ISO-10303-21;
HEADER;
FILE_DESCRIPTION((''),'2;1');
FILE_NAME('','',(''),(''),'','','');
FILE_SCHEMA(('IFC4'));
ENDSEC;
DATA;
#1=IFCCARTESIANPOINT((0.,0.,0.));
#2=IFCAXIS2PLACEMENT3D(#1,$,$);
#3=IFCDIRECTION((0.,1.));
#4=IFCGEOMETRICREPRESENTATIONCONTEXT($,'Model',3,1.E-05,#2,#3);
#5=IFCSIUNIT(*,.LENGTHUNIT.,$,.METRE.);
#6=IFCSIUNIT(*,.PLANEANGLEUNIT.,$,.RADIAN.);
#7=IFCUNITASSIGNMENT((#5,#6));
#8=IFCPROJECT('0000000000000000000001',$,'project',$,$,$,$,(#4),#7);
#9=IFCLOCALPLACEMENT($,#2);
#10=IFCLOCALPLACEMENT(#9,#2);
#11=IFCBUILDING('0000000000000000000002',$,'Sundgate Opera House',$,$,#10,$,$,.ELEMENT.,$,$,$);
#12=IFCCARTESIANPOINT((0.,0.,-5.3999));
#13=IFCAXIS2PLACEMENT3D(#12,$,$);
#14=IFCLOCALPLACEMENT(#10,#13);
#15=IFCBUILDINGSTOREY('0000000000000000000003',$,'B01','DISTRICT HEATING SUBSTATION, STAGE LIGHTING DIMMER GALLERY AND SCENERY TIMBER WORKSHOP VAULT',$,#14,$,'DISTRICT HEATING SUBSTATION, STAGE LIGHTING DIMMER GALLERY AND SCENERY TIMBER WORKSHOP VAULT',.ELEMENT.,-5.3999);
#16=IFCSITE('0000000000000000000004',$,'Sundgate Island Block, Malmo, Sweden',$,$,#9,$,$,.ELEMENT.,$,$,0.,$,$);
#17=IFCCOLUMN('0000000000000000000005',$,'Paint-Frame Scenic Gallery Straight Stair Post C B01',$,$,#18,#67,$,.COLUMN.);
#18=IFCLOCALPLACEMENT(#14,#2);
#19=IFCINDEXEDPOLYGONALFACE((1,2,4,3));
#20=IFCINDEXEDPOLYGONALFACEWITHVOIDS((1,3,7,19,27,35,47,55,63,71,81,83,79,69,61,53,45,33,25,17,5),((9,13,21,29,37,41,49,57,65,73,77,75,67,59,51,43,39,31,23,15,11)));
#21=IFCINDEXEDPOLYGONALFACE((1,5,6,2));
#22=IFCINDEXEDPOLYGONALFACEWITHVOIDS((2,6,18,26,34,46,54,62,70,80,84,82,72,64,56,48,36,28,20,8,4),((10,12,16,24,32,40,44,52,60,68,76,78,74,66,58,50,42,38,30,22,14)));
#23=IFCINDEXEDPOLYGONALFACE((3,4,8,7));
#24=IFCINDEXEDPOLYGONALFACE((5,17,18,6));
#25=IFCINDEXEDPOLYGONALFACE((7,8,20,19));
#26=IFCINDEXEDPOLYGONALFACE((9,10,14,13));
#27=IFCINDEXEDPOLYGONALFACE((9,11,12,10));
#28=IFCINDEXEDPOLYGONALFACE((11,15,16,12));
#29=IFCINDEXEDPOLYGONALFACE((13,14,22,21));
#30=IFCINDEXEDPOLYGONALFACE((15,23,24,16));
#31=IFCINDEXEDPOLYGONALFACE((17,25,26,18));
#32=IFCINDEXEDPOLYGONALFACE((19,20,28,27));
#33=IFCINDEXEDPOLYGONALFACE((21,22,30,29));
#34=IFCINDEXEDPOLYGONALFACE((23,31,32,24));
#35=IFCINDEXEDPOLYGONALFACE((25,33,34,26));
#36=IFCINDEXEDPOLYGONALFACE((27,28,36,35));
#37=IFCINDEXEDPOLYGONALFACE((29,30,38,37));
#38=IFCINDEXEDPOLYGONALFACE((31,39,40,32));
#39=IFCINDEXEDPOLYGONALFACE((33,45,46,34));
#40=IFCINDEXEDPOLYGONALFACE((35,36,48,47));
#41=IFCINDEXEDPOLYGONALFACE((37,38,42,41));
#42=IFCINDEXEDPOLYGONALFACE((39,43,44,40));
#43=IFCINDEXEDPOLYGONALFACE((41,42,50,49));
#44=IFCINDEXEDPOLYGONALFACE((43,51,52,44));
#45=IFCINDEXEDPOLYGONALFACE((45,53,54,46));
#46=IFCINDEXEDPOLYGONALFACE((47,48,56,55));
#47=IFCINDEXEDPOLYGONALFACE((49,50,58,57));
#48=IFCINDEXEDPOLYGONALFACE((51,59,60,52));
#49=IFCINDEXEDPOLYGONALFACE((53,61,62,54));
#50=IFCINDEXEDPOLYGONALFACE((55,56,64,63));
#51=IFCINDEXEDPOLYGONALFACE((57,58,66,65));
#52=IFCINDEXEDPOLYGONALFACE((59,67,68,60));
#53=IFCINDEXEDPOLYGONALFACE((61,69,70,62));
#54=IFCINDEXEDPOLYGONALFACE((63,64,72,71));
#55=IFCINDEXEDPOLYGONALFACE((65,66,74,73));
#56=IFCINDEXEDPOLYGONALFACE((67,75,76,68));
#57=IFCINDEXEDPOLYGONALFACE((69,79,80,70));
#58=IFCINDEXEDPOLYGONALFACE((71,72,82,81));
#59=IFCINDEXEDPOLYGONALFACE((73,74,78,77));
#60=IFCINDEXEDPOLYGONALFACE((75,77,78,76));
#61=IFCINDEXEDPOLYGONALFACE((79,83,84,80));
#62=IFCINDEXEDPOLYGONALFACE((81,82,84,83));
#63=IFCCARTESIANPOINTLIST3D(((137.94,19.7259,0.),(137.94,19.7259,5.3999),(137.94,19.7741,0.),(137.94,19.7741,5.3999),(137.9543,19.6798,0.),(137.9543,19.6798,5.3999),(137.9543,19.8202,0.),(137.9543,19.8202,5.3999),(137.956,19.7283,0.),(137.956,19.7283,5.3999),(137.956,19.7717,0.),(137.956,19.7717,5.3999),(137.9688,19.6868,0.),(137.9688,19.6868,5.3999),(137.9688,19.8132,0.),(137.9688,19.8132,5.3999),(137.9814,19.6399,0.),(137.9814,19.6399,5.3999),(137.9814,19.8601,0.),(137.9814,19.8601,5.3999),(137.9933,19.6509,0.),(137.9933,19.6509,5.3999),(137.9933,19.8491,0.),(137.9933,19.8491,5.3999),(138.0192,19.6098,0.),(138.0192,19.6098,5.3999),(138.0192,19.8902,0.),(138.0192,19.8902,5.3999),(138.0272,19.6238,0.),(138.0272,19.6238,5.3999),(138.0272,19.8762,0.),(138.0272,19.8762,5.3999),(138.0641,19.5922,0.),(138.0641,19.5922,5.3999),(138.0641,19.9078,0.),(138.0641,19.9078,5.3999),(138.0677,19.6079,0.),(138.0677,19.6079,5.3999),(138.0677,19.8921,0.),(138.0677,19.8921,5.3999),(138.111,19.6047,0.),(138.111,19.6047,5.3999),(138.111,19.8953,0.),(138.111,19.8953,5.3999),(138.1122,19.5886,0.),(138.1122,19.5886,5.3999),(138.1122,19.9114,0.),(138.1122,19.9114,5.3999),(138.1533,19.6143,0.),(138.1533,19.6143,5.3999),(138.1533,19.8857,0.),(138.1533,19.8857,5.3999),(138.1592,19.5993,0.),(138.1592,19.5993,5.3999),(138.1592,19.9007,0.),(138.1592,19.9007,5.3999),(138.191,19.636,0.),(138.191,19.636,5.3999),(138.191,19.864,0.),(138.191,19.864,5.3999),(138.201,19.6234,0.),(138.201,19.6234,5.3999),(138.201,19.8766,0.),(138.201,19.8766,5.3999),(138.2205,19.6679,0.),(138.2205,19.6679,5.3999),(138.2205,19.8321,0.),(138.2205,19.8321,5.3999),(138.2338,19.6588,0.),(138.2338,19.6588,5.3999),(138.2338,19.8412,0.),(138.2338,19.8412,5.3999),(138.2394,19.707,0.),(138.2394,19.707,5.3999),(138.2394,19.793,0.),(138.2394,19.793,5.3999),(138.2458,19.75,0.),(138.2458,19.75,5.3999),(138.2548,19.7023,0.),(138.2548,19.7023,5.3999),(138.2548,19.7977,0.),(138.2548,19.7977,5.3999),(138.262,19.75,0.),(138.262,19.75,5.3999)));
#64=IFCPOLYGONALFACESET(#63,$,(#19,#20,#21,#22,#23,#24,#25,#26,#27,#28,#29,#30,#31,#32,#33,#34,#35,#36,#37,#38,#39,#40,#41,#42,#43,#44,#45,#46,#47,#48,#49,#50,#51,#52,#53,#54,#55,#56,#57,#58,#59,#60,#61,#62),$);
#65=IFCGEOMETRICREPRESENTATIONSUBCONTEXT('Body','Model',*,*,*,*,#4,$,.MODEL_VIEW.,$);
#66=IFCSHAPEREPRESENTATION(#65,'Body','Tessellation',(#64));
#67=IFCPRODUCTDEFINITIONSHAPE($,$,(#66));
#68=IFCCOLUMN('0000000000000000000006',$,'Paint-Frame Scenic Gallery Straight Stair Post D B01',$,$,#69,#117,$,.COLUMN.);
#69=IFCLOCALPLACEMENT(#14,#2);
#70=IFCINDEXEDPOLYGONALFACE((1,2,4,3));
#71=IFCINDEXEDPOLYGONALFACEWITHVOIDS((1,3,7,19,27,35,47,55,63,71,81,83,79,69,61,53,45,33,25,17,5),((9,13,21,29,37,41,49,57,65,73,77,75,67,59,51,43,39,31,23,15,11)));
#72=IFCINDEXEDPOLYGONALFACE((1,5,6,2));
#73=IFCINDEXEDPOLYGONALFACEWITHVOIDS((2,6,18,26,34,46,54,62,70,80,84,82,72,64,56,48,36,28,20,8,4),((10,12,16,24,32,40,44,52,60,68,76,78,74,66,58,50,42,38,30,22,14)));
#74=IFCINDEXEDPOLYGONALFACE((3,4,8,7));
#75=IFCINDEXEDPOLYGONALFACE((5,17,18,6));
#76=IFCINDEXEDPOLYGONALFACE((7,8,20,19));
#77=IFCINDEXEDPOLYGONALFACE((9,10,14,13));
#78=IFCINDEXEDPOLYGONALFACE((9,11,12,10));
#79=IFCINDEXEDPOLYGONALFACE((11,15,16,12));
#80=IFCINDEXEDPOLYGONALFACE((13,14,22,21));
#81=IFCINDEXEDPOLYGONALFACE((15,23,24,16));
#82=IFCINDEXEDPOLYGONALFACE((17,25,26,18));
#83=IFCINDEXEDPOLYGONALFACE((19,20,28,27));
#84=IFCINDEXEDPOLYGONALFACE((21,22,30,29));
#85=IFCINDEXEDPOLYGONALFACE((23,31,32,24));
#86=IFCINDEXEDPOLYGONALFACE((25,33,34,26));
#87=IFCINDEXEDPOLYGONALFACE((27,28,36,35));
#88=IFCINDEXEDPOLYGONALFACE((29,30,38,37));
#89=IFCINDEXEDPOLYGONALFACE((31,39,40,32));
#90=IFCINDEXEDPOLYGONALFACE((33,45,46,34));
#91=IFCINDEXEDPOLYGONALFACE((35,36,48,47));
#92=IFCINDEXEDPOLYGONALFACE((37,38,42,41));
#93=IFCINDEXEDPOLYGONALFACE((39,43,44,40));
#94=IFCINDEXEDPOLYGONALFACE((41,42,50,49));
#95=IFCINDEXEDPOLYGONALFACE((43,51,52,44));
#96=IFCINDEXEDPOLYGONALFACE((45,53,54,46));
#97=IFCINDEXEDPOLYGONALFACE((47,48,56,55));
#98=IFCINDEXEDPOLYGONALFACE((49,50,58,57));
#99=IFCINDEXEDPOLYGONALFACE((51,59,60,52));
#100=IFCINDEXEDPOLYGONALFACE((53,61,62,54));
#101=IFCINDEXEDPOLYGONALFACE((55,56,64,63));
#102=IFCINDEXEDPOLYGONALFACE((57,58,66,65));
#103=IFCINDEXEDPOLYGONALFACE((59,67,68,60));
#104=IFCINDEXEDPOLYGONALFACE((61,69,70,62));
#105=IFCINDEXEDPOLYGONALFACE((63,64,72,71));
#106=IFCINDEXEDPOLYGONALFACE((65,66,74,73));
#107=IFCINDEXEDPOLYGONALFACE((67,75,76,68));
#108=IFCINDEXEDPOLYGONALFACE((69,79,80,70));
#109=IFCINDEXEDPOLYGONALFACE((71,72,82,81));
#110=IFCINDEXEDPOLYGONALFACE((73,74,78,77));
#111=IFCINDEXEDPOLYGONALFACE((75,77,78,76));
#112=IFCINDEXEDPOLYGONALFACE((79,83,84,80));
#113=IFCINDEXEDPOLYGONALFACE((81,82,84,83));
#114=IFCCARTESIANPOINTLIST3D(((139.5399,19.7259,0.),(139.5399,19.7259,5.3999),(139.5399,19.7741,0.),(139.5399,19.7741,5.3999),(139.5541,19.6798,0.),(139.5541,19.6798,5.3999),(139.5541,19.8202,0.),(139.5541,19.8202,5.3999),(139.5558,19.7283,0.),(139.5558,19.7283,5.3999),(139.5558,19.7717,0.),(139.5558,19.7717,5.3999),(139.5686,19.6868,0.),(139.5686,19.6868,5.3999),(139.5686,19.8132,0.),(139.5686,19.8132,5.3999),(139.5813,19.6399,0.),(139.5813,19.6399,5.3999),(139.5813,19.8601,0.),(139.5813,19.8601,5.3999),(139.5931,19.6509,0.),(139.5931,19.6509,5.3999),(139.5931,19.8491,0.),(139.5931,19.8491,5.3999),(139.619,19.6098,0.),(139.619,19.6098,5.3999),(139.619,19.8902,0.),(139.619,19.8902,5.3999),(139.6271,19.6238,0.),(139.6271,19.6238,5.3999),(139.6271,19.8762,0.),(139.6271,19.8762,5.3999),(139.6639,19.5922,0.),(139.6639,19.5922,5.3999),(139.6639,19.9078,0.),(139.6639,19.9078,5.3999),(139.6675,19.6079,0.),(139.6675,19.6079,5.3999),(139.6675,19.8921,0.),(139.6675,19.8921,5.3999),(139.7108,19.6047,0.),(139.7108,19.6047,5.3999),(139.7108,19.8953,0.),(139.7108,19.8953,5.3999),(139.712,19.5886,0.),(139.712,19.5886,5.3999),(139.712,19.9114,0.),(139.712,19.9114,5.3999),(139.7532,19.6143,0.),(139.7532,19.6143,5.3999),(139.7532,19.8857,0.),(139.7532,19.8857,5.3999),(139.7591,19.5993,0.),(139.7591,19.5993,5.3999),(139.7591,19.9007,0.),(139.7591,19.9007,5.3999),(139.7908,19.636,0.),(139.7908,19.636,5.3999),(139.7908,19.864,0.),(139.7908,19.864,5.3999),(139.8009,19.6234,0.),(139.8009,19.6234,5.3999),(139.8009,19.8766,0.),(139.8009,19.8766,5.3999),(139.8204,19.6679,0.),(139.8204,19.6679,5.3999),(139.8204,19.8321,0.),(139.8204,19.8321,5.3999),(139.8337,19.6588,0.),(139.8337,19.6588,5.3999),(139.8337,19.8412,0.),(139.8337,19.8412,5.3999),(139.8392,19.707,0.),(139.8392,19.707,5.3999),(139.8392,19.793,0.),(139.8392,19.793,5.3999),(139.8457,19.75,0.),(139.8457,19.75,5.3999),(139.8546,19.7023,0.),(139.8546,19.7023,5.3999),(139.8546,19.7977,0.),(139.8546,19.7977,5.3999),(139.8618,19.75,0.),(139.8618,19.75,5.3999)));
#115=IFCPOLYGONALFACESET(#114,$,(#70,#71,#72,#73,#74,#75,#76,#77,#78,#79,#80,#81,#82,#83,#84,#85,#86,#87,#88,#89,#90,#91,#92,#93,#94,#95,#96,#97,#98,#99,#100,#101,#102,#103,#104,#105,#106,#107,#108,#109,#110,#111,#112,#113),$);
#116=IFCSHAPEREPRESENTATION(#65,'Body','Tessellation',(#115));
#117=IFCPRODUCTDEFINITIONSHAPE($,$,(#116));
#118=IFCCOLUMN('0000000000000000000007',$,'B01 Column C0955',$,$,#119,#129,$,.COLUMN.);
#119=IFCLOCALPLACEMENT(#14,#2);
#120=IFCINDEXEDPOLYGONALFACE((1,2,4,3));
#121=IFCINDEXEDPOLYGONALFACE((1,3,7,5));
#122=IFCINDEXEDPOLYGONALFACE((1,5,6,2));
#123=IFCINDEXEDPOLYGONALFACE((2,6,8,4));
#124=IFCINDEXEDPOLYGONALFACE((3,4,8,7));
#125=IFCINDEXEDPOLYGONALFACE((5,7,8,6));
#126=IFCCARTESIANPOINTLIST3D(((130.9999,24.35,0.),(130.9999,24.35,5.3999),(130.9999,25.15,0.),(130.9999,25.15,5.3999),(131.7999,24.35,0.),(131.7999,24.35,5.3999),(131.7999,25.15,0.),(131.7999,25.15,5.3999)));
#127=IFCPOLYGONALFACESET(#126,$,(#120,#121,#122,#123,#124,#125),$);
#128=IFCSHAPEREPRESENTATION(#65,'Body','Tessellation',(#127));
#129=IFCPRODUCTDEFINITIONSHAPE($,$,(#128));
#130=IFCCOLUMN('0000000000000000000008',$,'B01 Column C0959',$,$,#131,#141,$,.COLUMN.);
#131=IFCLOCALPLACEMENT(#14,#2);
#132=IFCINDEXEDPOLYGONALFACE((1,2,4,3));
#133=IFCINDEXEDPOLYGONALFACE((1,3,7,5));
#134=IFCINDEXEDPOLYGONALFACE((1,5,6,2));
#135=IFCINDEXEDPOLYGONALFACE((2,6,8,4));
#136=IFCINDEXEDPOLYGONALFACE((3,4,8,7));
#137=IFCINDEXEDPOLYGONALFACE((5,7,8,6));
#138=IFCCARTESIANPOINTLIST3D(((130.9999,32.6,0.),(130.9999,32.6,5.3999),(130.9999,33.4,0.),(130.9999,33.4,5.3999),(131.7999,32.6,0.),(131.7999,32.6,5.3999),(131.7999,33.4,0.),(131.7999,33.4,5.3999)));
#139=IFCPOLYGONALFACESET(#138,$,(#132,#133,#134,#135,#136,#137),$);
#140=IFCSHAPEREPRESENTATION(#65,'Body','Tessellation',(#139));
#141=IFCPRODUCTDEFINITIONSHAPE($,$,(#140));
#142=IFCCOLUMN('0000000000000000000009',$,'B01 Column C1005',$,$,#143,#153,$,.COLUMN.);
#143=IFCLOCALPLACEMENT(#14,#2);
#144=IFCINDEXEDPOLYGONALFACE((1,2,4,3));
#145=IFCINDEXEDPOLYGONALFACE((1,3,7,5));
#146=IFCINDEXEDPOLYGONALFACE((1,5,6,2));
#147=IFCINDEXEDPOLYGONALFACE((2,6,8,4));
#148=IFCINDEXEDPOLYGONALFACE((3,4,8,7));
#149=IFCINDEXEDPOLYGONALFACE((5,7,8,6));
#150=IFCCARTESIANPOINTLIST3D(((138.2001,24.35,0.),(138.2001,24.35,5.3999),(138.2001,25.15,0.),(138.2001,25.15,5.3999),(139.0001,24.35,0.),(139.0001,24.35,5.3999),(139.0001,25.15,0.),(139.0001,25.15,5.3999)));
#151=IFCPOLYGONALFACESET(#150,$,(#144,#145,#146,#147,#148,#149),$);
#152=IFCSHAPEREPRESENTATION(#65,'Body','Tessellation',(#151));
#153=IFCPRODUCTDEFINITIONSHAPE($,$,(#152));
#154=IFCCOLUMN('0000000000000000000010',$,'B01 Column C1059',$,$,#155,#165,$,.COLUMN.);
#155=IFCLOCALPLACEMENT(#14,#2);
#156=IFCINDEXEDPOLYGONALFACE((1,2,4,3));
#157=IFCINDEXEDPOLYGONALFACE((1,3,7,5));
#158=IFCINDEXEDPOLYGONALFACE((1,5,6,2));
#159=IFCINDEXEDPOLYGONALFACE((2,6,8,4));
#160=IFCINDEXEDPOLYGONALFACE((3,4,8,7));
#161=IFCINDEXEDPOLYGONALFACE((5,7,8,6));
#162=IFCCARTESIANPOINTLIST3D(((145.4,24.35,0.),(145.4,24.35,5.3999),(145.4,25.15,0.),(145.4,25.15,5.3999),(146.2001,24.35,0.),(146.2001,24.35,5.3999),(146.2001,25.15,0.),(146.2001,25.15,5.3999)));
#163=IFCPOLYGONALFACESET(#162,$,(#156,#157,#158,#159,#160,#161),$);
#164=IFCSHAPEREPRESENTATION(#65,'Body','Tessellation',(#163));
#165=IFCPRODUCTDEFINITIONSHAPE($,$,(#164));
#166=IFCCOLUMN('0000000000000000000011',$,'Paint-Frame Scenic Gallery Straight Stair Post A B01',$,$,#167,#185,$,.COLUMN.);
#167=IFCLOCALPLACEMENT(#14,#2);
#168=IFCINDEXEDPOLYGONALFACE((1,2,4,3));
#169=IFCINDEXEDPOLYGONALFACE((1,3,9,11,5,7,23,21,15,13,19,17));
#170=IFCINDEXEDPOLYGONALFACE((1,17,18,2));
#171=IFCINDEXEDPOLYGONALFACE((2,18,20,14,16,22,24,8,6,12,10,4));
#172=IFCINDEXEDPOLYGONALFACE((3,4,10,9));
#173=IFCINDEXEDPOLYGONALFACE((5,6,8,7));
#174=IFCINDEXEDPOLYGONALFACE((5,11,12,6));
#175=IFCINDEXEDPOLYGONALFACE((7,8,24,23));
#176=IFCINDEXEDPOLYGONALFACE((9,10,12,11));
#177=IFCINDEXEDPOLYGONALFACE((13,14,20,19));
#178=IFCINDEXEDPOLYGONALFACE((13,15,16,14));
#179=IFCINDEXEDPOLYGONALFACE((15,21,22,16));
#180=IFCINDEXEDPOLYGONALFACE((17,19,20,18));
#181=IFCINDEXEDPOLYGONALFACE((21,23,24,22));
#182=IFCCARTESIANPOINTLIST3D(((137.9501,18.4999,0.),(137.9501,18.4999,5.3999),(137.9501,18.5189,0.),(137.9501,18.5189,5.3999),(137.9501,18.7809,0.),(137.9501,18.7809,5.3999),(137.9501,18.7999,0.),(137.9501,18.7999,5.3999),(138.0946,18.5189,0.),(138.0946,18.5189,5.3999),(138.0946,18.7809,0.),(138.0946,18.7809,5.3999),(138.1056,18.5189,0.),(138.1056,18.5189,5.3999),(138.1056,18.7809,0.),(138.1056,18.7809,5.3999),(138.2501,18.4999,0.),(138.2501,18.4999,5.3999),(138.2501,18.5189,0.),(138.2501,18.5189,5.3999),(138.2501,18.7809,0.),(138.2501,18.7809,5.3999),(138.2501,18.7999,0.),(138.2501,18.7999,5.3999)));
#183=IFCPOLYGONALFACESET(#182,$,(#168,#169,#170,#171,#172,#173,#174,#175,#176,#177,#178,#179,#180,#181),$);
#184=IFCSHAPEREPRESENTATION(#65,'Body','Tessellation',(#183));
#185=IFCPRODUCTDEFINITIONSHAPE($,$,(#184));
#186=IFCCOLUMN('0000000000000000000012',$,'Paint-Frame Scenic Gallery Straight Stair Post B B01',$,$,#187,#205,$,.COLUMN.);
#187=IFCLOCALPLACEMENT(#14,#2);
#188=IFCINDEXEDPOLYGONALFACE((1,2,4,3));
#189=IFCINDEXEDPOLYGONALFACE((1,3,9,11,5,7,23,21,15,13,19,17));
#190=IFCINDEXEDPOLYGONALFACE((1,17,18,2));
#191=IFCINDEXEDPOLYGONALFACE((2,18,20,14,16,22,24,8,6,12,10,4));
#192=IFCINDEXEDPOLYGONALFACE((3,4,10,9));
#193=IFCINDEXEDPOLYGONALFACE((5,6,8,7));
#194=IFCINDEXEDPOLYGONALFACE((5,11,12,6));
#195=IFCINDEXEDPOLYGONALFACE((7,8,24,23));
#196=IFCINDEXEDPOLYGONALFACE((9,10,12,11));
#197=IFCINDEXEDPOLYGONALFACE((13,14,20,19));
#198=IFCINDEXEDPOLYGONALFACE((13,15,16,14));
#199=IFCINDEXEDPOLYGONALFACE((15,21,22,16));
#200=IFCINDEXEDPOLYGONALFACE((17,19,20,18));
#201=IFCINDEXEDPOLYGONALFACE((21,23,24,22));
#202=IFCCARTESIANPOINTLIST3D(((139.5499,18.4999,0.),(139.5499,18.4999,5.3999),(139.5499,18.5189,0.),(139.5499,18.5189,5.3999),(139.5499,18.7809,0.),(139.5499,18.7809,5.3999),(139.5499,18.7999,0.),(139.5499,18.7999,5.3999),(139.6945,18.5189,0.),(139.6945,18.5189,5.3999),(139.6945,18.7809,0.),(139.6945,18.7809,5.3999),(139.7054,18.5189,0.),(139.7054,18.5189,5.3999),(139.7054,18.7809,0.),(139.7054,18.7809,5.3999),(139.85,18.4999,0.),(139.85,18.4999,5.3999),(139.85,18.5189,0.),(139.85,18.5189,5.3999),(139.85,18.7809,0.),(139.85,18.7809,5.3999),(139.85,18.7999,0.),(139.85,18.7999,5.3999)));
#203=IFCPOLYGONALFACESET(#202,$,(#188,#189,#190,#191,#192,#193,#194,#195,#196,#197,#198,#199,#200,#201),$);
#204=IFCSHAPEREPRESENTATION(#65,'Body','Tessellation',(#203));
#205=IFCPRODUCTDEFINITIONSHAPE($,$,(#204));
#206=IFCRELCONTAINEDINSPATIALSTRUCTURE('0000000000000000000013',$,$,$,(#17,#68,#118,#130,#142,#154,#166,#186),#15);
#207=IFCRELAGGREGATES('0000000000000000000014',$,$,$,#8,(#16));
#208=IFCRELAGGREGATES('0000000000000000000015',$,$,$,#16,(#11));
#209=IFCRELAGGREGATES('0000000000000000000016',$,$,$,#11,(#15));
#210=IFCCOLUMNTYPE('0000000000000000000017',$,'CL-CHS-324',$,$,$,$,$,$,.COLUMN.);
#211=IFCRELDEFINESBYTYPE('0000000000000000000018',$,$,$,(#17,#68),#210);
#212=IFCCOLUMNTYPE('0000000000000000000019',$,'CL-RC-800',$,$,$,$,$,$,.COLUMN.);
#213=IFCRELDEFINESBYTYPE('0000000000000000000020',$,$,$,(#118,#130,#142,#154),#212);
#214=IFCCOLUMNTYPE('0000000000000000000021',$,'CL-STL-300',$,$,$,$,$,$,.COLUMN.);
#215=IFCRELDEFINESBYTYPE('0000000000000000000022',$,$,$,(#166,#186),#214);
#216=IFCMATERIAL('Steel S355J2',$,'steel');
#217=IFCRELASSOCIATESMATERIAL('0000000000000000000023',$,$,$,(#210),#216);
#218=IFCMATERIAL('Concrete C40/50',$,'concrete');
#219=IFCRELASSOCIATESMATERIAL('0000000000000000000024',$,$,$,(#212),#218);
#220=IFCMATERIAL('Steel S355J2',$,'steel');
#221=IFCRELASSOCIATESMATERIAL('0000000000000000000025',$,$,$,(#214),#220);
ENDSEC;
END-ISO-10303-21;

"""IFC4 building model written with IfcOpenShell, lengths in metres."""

from ifc_helpers import new_model, si_unit, direction, frame, origin, origin_2d, place, context, subcontext, project, spatial, rectangle, hollow_circle, i_section, extrude, material, material_profile, profile_set, type_object, element, save


model = new_model("IFC4")

# Units and contexts
model_context = context("Model", 3, precision=1e-05, world=origin(), true_north=direction((0.0, 1.0)))
body_context = subcontext(model_context, "Body", "Model", "MODEL_VIEW")
ifc_project = project(units=[si_unit("LENGTHUNIT", "METRE"), si_unit("PLANEANGLEUNIT", "RADIAN")], contexts=[model_context])

# Site, building, storey
site_placement = place(None, origin())
site = spatial("IfcSite", under=ifc_project, at=site_placement, Name="Sundgate Island Block, Malmo, Sweden", CompositionType="ELEMENT", RefElevation=0.0)
building_placement = place(site_placement, origin())
building = spatial("IfcBuilding", under=site, at=building_placement, Name="Sundgate Opera House", CompositionType="ELEMENT")
storey_placement = place(building_placement, frame((0.0, 0.0, -5.3999)))
storey = spatial("IfcBuildingStorey", under=building, at=storey_placement, Name="B01", Description="DISTRICT HEATING SUBSTATION, STAGE LIGHTING DIMMER GALLERY AND SCENERY TIMBER WORKSHOP VAULT", LongName="DISTRICT HEATING SUBSTATION, STAGE LIGHTING DIMMER GALLERY AND SCENERY TIMBER WORKSHOP VAULT", CompositionType="ELEMENT", Elevation=-5.3999)

# Columns
ifc_material_1 = material(Name="Steel S355J2", Category="steel")
ifc_material_profile_1 = material_profile(ifc_material_1, hollow_circle(Radius=0.1619, WallThickness=0.0161, at=origin_2d()), Name="CHS 323.9x16.0")
ifc_profile_set_1 = profile_set([ifc_material_profile_1], Name="Steel S355J2")
column_type_1 = type_object("IfcColumnType", Name="CL-CHS-324", PredefinedType="COLUMN", material=ifc_profile_set_1)
for number, where, z_axis, x_axis, name in (
    (1, (138.1001, 19.75, 0.0), (0.0, 0.0, 1.0), (1.0, 0.0, 0.0), "Paint-Frame Scenic Gallery Straight Stair Post C B01"),
    (2, (139.7, 19.75, 0.0), (0.0, 0.0, 1.0), (1.0, 0.0, 0.0), "Paint-Frame Scenic Gallery Straight Stair Post D B01"),
):
    element("IfcColumn", number, at=place(storey_placement, frame(where, z_axis=z_axis, x_axis=x_axis)), inside=storey, type_object=column_type_1, Name=name, PredefinedType="COLUMN", context=body_context, shape_type="SweptSolid", body=[
        extrude(hollow_circle(Radius=0.1619, WallThickness=0.0161, at=origin_2d()), origin(), (0.0, 0.0, 1.0), 5.3999),
    ])
ifc_material_2 = material(Name="Concrete C40/50", Category="concrete")
ifc_material_profile_2 = material_profile(ifc_material_2, rectangle(XDim=0.8, YDim=0.8, at=origin_2d()), Name="RC 800x800")
ifc_profile_set_2 = profile_set([ifc_material_profile_2], Name="Concrete C40/50")
column_type_2 = type_object("IfcColumnType", Name="CL-RC-800", PredefinedType="COLUMN", material=ifc_profile_set_2)
for number, where, z_axis, x_axis, name in (
    (3, (131.3999, 24.75, 0.0), (0.0, 0.0, 1.0), (1.0, 0.0, 0.0), "B01 Column C0955"),
    (4, (131.3999, 33.0, 0.0), (0.0, 0.0, 1.0), (1.0, 0.0, 0.0), "B01 Column C0959"),
    (5, (138.6001, 24.75, 0.0), (0.0, 0.0, 1.0), (1.0, 0.0, 0.0), "B01 Column C1005"),
    (6, (145.8, 24.75, 0.0), (0.0, 0.0, 1.0), (1.0, 0.0, 0.0), "B01 Column C1059"),
):
    element("IfcColumn", number, at=place(storey_placement, frame(where, z_axis=z_axis, x_axis=x_axis)), inside=storey, type_object=column_type_2, Name=name, PredefinedType="COLUMN", context=body_context, shape_type="SweptSolid", body=[
        extrude(rectangle(XDim=0.8, YDim=0.8, at=origin_2d()), origin(), (0.0, 0.0, 1.0), 5.3999),
    ])
ifc_material_3 = material(Name="Steel S355J2", Category="steel")
ifc_material_profile_3 = material_profile(ifc_material_3, i_section(OverallWidth=0.3, OverallDepth=0.3, WebThickness=0.011, FlangeThickness=0.019, at=origin_2d()), Name="HEB 300")
ifc_profile_set_3 = profile_set([ifc_material_profile_3], Name="Steel S355J2")
column_type_3 = type_object("IfcColumnType", Name="CL-STL-300", PredefinedType="COLUMN", material=ifc_profile_set_3)
for number, where, z_axis, x_axis, name in (
    (7, (138.1001, 18.6499, 0.0), (0.0, 0.0, 1.0), (1.0, 0.0, 0.0), "Paint-Frame Scenic Gallery Straight Stair Post A B01"),
    (8, (139.7, 18.6499, 0.0), (0.0, 0.0, 1.0), (1.0, 0.0, 0.0), "Paint-Frame Scenic Gallery Straight Stair Post B B01"),
):
    element("IfcColumn", number, at=place(storey_placement, frame(where, z_axis=z_axis, x_axis=x_axis)), inside=storey, type_object=column_type_3, Name=name, PredefinedType="COLUMN", context=body_context, shape_type="SweptSolid", body=[
        extrude(i_section(OverallWidth=0.3, OverallDepth=0.3, WebThickness=0.011, FlangeThickness=0.019, at=origin_2d()), origin(), (0.0, 0.0, 1.0), 5.3999),
    ])

save(model, "model.ifc")
